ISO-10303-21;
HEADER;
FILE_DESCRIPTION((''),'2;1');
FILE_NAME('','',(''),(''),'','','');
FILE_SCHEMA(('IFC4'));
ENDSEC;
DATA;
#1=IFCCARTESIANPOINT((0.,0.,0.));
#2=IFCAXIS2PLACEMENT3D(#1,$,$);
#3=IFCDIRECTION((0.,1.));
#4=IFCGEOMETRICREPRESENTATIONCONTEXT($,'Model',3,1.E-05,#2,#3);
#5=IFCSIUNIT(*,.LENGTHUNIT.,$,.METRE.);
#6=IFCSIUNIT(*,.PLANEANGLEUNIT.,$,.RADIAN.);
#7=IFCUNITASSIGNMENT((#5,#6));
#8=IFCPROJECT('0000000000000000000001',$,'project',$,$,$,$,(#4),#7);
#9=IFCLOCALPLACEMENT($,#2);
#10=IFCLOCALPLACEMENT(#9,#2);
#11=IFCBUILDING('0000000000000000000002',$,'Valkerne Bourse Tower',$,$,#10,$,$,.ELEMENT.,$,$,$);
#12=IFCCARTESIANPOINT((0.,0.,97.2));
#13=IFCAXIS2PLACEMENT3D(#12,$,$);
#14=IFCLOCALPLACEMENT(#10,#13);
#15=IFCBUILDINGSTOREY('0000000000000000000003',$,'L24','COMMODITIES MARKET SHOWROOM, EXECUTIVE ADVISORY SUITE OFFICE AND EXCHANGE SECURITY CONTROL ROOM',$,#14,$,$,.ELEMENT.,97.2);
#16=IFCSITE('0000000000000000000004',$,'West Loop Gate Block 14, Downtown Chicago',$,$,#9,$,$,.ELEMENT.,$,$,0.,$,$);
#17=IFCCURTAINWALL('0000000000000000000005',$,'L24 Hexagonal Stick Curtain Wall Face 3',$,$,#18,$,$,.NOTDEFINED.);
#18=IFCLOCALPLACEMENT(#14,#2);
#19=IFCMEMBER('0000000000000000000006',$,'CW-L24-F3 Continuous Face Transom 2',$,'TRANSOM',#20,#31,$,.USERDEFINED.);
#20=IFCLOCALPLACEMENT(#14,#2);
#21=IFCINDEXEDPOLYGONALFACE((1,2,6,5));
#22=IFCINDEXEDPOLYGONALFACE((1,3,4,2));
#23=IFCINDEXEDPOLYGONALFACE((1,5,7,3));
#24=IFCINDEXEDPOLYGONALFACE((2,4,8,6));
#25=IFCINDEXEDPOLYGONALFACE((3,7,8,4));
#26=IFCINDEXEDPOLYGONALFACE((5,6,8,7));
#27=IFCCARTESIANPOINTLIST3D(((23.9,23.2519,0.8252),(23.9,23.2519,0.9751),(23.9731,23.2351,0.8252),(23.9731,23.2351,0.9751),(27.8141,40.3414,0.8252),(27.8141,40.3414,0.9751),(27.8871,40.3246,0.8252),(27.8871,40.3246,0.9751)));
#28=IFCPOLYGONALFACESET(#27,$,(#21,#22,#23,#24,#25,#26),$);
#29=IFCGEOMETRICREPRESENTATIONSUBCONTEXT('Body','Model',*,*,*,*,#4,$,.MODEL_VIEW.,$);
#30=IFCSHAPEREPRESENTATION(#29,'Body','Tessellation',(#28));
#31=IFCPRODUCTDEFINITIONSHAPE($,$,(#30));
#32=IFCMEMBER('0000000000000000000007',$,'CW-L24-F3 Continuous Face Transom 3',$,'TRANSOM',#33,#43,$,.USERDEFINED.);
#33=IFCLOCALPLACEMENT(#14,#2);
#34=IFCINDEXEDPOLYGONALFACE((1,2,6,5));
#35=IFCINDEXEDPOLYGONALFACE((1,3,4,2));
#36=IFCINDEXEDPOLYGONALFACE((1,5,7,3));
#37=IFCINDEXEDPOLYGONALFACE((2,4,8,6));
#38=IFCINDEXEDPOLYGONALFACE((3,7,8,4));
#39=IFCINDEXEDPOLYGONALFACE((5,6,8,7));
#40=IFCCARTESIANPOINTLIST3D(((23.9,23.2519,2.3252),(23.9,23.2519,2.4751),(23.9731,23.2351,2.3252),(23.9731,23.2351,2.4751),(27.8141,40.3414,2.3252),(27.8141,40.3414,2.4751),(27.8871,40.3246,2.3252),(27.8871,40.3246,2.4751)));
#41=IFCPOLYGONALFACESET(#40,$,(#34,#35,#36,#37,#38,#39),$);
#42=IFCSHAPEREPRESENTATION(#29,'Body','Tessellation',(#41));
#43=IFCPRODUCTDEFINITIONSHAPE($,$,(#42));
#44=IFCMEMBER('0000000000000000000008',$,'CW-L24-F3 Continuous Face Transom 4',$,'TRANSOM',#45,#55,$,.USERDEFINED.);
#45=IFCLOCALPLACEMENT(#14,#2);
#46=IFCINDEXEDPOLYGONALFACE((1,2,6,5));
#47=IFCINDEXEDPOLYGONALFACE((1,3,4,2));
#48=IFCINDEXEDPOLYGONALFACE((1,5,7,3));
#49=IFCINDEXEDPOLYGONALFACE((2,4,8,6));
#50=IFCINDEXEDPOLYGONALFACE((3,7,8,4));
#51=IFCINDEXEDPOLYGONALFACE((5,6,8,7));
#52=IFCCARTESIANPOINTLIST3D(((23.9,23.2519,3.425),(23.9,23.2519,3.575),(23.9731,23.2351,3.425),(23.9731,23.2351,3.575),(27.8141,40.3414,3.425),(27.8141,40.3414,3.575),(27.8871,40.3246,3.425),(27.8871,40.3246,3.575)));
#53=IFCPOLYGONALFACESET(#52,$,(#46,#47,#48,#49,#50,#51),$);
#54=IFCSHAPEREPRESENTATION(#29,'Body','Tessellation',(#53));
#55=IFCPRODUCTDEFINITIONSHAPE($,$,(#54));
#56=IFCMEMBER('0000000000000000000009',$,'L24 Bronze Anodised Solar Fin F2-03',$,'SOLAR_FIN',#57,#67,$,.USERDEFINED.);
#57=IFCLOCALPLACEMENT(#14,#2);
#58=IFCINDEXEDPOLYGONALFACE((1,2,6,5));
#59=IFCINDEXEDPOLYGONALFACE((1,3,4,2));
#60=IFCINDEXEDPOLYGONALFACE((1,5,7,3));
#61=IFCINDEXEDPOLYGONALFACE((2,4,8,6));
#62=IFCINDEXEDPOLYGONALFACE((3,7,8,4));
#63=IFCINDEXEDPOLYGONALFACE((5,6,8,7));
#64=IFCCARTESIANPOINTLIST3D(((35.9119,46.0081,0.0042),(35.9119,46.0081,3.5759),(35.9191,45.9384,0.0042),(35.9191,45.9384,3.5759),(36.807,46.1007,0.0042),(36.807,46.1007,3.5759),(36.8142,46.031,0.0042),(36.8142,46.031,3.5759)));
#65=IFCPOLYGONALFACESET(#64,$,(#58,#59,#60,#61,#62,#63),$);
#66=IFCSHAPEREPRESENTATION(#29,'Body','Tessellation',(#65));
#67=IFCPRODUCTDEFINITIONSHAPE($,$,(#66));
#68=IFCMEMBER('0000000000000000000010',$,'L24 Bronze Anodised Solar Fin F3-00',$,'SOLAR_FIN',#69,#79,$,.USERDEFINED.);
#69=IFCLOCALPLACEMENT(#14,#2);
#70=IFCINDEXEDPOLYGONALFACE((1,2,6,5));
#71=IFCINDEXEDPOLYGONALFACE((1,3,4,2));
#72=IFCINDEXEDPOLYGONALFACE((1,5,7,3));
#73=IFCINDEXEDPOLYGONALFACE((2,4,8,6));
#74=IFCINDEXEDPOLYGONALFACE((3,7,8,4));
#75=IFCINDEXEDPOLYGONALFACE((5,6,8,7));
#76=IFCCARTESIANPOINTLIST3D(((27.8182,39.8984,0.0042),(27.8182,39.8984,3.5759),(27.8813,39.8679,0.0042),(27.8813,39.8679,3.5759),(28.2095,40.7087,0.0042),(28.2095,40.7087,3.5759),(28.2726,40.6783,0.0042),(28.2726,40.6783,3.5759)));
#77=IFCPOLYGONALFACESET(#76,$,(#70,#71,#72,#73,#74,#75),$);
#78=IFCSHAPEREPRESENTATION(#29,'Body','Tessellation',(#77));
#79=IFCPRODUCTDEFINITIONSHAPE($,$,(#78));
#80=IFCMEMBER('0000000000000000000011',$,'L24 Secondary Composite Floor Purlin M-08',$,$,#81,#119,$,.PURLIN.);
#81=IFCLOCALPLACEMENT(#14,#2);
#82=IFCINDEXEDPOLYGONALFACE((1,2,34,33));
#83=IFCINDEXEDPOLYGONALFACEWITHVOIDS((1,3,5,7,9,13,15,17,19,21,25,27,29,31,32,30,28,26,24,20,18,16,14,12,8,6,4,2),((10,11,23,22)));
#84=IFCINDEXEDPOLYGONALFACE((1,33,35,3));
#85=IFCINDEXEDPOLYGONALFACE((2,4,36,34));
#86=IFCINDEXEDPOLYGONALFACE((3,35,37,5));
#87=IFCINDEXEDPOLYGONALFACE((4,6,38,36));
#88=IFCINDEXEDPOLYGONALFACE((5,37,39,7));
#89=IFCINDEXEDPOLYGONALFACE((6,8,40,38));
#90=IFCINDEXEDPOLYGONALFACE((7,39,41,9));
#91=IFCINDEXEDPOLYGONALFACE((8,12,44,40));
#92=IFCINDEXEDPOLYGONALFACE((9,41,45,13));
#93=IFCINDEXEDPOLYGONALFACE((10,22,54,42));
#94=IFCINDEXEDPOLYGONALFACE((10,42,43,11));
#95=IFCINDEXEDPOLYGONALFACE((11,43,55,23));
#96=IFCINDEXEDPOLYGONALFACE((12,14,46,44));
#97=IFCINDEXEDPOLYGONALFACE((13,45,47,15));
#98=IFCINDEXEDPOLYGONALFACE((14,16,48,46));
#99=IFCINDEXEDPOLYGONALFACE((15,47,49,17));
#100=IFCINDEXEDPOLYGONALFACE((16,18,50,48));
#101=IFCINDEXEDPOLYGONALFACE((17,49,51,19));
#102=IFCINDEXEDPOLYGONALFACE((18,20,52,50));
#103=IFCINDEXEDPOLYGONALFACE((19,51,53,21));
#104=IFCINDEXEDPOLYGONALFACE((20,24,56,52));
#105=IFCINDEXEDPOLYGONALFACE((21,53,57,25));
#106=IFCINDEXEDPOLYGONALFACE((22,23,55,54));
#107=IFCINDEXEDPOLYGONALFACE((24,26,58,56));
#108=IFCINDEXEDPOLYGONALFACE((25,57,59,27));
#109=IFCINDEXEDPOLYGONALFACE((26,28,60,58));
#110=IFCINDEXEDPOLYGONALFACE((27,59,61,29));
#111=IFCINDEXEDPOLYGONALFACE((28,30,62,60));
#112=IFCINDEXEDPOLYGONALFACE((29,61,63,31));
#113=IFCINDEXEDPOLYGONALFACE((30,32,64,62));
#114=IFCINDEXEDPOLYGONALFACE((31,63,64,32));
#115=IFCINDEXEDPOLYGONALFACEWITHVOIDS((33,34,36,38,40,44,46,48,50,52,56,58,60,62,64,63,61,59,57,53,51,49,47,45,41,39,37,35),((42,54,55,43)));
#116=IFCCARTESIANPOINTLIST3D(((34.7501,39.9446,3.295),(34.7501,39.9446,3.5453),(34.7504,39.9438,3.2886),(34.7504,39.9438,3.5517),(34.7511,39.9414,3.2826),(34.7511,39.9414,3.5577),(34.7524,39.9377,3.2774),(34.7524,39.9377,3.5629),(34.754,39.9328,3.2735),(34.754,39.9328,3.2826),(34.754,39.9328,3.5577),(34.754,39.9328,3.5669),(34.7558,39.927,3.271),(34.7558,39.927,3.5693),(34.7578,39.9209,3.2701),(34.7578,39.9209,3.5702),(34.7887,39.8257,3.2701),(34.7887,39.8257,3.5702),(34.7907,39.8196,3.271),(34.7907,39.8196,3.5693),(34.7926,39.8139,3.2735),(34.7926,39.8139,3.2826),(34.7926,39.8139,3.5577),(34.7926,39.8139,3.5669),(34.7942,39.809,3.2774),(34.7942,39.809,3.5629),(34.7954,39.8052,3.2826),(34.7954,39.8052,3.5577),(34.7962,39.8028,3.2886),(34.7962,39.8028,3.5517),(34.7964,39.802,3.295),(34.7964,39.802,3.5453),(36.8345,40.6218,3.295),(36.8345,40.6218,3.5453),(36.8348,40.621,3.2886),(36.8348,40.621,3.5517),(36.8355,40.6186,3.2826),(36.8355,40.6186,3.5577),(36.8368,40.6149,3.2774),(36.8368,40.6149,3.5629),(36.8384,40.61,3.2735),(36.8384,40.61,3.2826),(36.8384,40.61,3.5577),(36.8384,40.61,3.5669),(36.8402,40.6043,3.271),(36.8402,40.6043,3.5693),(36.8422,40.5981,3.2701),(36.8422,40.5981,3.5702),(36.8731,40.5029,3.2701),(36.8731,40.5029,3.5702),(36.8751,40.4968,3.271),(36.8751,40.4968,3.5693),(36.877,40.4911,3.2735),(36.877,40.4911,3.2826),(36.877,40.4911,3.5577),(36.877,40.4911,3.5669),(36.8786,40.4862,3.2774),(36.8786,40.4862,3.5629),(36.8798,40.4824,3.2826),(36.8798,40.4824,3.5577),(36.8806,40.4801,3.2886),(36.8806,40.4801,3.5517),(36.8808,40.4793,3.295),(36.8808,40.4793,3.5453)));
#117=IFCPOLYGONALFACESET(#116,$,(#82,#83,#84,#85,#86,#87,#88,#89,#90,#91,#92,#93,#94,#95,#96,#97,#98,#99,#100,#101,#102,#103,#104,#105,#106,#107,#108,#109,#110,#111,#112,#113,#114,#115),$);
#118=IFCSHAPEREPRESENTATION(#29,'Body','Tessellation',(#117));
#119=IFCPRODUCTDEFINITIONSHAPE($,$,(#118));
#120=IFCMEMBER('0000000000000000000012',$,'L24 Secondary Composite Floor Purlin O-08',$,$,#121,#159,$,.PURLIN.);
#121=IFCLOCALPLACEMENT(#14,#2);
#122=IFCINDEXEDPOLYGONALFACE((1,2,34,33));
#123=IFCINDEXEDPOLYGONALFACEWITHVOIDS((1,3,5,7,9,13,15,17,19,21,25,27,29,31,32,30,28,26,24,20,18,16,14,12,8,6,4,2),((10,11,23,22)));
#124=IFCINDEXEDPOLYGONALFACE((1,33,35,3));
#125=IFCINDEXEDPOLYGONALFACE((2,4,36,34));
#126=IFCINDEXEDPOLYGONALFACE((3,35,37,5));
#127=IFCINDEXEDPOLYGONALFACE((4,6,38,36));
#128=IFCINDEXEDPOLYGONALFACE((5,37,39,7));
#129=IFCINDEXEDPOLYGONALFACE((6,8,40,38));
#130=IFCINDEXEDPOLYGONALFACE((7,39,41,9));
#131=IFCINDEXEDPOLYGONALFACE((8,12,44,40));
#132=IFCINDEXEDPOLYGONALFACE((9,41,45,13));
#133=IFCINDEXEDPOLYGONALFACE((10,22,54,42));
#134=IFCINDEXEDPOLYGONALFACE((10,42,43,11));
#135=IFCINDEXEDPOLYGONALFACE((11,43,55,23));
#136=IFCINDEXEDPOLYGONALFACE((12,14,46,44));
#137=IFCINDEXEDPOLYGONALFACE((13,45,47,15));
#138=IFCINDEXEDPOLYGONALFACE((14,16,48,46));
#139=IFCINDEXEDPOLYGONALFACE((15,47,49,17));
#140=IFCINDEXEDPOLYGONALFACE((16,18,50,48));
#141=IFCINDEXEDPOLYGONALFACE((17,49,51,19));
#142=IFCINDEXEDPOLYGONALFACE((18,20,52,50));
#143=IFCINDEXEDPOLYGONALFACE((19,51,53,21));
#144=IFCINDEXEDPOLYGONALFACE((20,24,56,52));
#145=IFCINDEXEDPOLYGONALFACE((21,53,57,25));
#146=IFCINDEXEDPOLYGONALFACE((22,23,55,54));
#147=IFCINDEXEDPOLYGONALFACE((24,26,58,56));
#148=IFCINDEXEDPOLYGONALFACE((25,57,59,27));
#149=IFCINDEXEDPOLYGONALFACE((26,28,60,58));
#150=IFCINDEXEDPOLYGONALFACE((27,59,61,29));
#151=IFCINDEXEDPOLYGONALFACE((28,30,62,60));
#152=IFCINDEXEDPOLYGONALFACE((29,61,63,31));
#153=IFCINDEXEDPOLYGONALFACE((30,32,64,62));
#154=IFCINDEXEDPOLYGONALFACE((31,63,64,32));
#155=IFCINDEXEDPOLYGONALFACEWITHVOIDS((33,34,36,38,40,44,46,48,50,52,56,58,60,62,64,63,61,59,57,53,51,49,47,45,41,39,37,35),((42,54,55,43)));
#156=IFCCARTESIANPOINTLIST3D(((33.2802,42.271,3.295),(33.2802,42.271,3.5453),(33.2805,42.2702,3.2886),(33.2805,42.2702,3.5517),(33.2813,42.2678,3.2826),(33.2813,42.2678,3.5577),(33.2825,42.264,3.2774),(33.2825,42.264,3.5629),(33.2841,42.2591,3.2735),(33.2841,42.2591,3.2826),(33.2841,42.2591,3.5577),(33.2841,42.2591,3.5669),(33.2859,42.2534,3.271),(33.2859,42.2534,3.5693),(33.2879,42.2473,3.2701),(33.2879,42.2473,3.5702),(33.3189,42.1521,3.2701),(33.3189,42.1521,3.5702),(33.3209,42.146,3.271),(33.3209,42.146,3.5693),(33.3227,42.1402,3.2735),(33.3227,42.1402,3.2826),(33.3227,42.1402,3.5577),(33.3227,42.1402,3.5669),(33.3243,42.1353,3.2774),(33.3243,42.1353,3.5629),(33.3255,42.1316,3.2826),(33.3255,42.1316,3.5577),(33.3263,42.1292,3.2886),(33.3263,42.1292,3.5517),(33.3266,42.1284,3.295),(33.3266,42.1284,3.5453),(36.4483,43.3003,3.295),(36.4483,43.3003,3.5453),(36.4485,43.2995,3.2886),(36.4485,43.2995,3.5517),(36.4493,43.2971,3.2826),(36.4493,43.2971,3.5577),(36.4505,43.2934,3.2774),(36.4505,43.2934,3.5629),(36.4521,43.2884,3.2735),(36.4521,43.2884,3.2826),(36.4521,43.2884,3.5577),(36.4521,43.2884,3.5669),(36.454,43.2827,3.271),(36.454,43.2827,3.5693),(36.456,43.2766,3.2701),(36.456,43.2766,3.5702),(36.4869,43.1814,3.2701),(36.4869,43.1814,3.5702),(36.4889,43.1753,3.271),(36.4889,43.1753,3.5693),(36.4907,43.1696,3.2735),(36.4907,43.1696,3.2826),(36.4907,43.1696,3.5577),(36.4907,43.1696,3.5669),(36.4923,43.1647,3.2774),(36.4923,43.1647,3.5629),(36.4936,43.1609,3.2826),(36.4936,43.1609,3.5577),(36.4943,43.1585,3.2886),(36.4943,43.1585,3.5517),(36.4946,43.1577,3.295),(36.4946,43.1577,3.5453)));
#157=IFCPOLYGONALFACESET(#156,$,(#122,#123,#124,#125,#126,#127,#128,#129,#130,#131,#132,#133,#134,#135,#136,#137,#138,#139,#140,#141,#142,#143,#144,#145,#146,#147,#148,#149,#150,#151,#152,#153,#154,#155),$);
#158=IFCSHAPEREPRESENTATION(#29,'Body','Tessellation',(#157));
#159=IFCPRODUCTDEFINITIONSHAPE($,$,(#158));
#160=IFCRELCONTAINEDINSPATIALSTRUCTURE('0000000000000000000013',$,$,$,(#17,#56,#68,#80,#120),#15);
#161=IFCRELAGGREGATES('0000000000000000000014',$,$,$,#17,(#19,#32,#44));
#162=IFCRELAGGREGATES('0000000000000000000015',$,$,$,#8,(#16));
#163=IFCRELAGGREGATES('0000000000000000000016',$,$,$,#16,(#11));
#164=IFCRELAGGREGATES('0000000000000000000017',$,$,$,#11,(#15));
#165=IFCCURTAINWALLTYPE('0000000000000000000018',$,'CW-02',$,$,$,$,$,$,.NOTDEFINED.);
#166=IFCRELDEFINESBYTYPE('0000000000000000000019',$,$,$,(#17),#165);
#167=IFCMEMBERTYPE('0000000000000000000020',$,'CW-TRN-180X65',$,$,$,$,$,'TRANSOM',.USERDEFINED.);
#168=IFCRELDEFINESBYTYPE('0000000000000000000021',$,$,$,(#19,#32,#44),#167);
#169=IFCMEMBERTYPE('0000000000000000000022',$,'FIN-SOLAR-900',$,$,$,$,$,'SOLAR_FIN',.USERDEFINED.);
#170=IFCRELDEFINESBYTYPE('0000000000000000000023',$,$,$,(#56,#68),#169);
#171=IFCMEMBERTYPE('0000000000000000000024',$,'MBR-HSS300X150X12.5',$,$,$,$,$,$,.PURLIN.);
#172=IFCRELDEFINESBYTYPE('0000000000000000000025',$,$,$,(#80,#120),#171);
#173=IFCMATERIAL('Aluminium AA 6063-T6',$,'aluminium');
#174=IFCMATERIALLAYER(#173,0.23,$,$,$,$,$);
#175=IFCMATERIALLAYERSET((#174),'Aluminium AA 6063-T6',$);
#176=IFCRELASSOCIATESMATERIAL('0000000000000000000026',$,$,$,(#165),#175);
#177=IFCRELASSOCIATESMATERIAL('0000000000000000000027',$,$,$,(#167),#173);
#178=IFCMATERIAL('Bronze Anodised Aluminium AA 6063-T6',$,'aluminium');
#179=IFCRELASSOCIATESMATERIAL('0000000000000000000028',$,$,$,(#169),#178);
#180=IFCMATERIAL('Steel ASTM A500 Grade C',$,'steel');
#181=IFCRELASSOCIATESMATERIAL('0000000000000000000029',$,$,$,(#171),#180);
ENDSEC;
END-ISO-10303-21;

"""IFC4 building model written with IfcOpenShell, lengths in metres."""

from ifc_helpers import new_model, si_unit, direction, frame, origin, origin_2d, place, context, subcontext, project, spatial, rectangle, hollow_rectangle, extrude, material, layer, layer_set, material_profile, profile_set, type_object, element, aggregate, save


model = new_model("IFC4")

# Units and contexts
model_context = context("Model", 3, precision=1e-05, world=origin(), true_north=direction((0.0, 1.0)))
body_context = subcontext(model_context, "Body", "Model", "MODEL_VIEW")
ifc_project = project(units=[si_unit("LENGTHUNIT", "METRE"), si_unit("PLANEANGLEUNIT", "RADIAN")], contexts=[model_context])

# Site, building, storey
site_placement = place(None, origin())
site = spatial("IfcSite", under=ifc_project, at=site_placement, Name="West Loop Gate Block 14, Downtown Chicago", CompositionType="ELEMENT", RefElevation=0.0)
building_placement = place(site_placement, origin())
building = spatial("IfcBuilding", under=site, at=building_placement, Name="Valkerne Bourse Tower", CompositionType="ELEMENT")
storey_placement = place(building_placement, frame((0.0, 0.0, 97.2)))
storey = spatial("IfcBuildingStorey", under=building, at=storey_placement, Name="L24", Description="COMMODITIES MARKET SHOWROOM, EXECUTIVE ADVISORY SUITE OFFICE AND EXCHANGE SECURITY CONTROL ROOM", CompositionType="ELEMENT", Elevation=97.2)

# Curtain wall, members
ifc_material_1 = material(Name="Aluminium AA 6063-T6", Category="aluminium")
ifc_layer_1 = layer(ifc_material_1, 0.23)
ifc_layer_set_1 = layer_set([ifc_layer_1], Name="Aluminium AA 6063-T6")
curtain_wall_type = type_object("IfcCurtainWallType", Name="CW-02", PredefinedType="NOTDEFINED", material=ifc_layer_set_1)
curtain_wall_1_placement = place(storey_placement, origin())
curtain_wall_1 = element("IfcCurtainWall", 1, at=curtain_wall_1_placement, inside=storey, type_object=curtain_wall_type, Name="L24 Hexagonal Stick Curtain Wall Face 3", PredefinedType="NOTDEFINED")
ifc_material_profile_1 = material_profile(ifc_material_1, rectangle(XDim=0.075, YDim=0.1499, at=origin_2d()), Name="CWT-75X150")
ifc_profile_set_1 = profile_set([ifc_material_profile_1], Name="Aluminium AA 6063-T6")
member_type_1 = type_object("IfcMemberType", Name="CW-TRN-180X65", ElementType="TRANSOM", PredefinedType="USERDEFINED", material=ifc_profile_set_1)
member_1_placement = place(storey_placement, frame((27.8506, 40.333, 0.9001), z_axis=(-0.223251, -0.974761, 0.0), x_axis=(0.974761, -0.223251, 0.0)))
member_1 = element("IfcMember", 2, at=member_1_placement, type_object=member_type_1, Name="CW-L24-F3 Continuous Face Transom 2", ObjectType="TRANSOM", PredefinedType="USERDEFINED", context=body_context, shape_type="SweptSolid", body=[
    extrude(rectangle(XDim=0.075, YDim=0.1499, at=origin_2d()), origin(), (0.0, 0.0, 1.0), 17.532),
])
member_2_placement = place(storey_placement, frame((27.8506, 40.333, 2.4001), z_axis=(-0.223251, -0.974761, 0.0), x_axis=(0.974761, -0.223251, 0.0)))
member_2 = element("IfcMember", 3, at=member_2_placement, type_object=member_type_1, Name="CW-L24-F3 Continuous Face Transom 3", ObjectType="TRANSOM", PredefinedType="USERDEFINED", context=body_context, shape_type="SweptSolid", body=[
    extrude(rectangle(XDim=0.075, YDim=0.1499, at=origin_2d()), origin(), (0.0, 0.0, 1.0), 17.532),
])
member_3_placement = place(storey_placement, frame((27.8506, 40.333, 3.5), z_axis=(-0.223251, -0.974761, 0.0), x_axis=(0.974761, -0.223251, 0.0)))
member_3 = element("IfcMember", 4, at=member_3_placement, type_object=member_type_1, Name="CW-L24-F3 Continuous Face Transom 4", ObjectType="TRANSOM", PredefinedType="USERDEFINED", context=body_context, shape_type="SweptSolid", body=[
    extrude(rectangle(XDim=0.075, YDim=0.1499, at=origin_2d()), origin(), (0.0, 0.0, 1.0), 17.532),
])
aggregate(curtain_wall_1, [member_1, member_2, member_3])

# Members
ifc_material_2 = material(Name="Bronze Anodised Aluminium AA 6063-T6", Category="aluminium")
ifc_material_profile_2 = material_profile(ifc_material_2, rectangle(XDim=0.0701, YDim=0.8999, at=origin_2d()), Name="FIN-70X900")
ifc_profile_set_2 = profile_set([ifc_material_profile_2], Name="Bronze Anodised Aluminium AA 6063-T6")
member_type_2 = type_object("IfcMemberType", Name="FIN-SOLAR-900", ElementType="SOLAR_FIN", PredefinedType="USERDEFINED", material=ifc_profile_set_2)
for number, where, z_axis, x_axis, name in (
    (5, (36.363, 46.0195, 0.0042), (0.0, 0.0, 1.0), (-0.102875, 0.994694, 0.0), "L24 Bronze Anodised Solar Fin F2-03"),
    (6, (28.0454, 40.2883, 0.0042), (0.0, 0.0, 1.0), (-0.900491, 0.434875, 0.0), "L24 Bronze Anodised Solar Fin F3-00"),
):
    element("IfcMember", number, at=place(storey_placement, frame(where, z_axis=z_axis, x_axis=x_axis)), inside=storey, type_object=member_type_2, Name=name, ObjectType="SOLAR_FIN", PredefinedType="USERDEFINED", context=body_context, shape_type="SweptSolid", body=[
        extrude(rectangle(XDim=0.0701, YDim=0.8999, at=origin_2d()), origin(), (0.0, 0.0, 1.0), 3.5718),
    ])
ifc_material_3 = material(Name="Steel ASTM A500 Grade C", Category="steel")
ifc_material_profile_3 = material_profile(ifc_material_3, hollow_rectangle(XDim=0.1499, YDim=0.3, WallThickness=0.0125, OuterFilletRadius=0.0249, at=origin_2d()), Name="HSS300X150X12.5")
ifc_profile_set_3 = profile_set([ifc_material_profile_3], Name="Steel ASTM A500 Grade C")
member_type_3 = type_object("IfcMemberType", Name="MBR-HSS300X150X12.5", PredefinedType="PURLIN", material=ifc_profile_set_3)
member_4_placement = place(storey_placement, frame((36.8577, 40.5505, 3.4202), z_axis=(-0.951062, -0.309, 0.0), x_axis=(0.309, -0.951062, 0.0)))
element("IfcMember", 7, at=member_4_placement, inside=storey, type_object=member_type_3, Name="L24 Secondary Composite Floor Purlin M-08", PredefinedType="PURLIN", context=body_context, shape_type="SweptSolid", body=[
    extrude(hollow_rectangle(XDim=0.1499, YDim=0.3, WallThickness=0.0125, OuterFilletRadius=0.0249, at=origin_2d()), origin(), (0.0, 0.0, 1.0), 2.1917),
])
member_5_placement = place(storey_placement, frame((36.4714, 43.229, 3.4202), z_axis=(-0.95106, -0.309007, 0.0), x_axis=(0.309007, -0.95106, 0.0)))
element("IfcMember", 8, at=member_5_placement, inside=storey, type_object=member_type_3, Name="L24 Secondary Composite Floor Purlin O-08", PredefinedType="PURLIN", context=body_context, shape_type="SweptSolid", body=[
    extrude(hollow_rectangle(XDim=0.1499, YDim=0.3, WallThickness=0.0125, OuterFilletRadius=0.0249, at=origin_2d()), origin(), (0.0, 0.0, 1.0), 3.3311),
])

save(model, "model.ifc")
